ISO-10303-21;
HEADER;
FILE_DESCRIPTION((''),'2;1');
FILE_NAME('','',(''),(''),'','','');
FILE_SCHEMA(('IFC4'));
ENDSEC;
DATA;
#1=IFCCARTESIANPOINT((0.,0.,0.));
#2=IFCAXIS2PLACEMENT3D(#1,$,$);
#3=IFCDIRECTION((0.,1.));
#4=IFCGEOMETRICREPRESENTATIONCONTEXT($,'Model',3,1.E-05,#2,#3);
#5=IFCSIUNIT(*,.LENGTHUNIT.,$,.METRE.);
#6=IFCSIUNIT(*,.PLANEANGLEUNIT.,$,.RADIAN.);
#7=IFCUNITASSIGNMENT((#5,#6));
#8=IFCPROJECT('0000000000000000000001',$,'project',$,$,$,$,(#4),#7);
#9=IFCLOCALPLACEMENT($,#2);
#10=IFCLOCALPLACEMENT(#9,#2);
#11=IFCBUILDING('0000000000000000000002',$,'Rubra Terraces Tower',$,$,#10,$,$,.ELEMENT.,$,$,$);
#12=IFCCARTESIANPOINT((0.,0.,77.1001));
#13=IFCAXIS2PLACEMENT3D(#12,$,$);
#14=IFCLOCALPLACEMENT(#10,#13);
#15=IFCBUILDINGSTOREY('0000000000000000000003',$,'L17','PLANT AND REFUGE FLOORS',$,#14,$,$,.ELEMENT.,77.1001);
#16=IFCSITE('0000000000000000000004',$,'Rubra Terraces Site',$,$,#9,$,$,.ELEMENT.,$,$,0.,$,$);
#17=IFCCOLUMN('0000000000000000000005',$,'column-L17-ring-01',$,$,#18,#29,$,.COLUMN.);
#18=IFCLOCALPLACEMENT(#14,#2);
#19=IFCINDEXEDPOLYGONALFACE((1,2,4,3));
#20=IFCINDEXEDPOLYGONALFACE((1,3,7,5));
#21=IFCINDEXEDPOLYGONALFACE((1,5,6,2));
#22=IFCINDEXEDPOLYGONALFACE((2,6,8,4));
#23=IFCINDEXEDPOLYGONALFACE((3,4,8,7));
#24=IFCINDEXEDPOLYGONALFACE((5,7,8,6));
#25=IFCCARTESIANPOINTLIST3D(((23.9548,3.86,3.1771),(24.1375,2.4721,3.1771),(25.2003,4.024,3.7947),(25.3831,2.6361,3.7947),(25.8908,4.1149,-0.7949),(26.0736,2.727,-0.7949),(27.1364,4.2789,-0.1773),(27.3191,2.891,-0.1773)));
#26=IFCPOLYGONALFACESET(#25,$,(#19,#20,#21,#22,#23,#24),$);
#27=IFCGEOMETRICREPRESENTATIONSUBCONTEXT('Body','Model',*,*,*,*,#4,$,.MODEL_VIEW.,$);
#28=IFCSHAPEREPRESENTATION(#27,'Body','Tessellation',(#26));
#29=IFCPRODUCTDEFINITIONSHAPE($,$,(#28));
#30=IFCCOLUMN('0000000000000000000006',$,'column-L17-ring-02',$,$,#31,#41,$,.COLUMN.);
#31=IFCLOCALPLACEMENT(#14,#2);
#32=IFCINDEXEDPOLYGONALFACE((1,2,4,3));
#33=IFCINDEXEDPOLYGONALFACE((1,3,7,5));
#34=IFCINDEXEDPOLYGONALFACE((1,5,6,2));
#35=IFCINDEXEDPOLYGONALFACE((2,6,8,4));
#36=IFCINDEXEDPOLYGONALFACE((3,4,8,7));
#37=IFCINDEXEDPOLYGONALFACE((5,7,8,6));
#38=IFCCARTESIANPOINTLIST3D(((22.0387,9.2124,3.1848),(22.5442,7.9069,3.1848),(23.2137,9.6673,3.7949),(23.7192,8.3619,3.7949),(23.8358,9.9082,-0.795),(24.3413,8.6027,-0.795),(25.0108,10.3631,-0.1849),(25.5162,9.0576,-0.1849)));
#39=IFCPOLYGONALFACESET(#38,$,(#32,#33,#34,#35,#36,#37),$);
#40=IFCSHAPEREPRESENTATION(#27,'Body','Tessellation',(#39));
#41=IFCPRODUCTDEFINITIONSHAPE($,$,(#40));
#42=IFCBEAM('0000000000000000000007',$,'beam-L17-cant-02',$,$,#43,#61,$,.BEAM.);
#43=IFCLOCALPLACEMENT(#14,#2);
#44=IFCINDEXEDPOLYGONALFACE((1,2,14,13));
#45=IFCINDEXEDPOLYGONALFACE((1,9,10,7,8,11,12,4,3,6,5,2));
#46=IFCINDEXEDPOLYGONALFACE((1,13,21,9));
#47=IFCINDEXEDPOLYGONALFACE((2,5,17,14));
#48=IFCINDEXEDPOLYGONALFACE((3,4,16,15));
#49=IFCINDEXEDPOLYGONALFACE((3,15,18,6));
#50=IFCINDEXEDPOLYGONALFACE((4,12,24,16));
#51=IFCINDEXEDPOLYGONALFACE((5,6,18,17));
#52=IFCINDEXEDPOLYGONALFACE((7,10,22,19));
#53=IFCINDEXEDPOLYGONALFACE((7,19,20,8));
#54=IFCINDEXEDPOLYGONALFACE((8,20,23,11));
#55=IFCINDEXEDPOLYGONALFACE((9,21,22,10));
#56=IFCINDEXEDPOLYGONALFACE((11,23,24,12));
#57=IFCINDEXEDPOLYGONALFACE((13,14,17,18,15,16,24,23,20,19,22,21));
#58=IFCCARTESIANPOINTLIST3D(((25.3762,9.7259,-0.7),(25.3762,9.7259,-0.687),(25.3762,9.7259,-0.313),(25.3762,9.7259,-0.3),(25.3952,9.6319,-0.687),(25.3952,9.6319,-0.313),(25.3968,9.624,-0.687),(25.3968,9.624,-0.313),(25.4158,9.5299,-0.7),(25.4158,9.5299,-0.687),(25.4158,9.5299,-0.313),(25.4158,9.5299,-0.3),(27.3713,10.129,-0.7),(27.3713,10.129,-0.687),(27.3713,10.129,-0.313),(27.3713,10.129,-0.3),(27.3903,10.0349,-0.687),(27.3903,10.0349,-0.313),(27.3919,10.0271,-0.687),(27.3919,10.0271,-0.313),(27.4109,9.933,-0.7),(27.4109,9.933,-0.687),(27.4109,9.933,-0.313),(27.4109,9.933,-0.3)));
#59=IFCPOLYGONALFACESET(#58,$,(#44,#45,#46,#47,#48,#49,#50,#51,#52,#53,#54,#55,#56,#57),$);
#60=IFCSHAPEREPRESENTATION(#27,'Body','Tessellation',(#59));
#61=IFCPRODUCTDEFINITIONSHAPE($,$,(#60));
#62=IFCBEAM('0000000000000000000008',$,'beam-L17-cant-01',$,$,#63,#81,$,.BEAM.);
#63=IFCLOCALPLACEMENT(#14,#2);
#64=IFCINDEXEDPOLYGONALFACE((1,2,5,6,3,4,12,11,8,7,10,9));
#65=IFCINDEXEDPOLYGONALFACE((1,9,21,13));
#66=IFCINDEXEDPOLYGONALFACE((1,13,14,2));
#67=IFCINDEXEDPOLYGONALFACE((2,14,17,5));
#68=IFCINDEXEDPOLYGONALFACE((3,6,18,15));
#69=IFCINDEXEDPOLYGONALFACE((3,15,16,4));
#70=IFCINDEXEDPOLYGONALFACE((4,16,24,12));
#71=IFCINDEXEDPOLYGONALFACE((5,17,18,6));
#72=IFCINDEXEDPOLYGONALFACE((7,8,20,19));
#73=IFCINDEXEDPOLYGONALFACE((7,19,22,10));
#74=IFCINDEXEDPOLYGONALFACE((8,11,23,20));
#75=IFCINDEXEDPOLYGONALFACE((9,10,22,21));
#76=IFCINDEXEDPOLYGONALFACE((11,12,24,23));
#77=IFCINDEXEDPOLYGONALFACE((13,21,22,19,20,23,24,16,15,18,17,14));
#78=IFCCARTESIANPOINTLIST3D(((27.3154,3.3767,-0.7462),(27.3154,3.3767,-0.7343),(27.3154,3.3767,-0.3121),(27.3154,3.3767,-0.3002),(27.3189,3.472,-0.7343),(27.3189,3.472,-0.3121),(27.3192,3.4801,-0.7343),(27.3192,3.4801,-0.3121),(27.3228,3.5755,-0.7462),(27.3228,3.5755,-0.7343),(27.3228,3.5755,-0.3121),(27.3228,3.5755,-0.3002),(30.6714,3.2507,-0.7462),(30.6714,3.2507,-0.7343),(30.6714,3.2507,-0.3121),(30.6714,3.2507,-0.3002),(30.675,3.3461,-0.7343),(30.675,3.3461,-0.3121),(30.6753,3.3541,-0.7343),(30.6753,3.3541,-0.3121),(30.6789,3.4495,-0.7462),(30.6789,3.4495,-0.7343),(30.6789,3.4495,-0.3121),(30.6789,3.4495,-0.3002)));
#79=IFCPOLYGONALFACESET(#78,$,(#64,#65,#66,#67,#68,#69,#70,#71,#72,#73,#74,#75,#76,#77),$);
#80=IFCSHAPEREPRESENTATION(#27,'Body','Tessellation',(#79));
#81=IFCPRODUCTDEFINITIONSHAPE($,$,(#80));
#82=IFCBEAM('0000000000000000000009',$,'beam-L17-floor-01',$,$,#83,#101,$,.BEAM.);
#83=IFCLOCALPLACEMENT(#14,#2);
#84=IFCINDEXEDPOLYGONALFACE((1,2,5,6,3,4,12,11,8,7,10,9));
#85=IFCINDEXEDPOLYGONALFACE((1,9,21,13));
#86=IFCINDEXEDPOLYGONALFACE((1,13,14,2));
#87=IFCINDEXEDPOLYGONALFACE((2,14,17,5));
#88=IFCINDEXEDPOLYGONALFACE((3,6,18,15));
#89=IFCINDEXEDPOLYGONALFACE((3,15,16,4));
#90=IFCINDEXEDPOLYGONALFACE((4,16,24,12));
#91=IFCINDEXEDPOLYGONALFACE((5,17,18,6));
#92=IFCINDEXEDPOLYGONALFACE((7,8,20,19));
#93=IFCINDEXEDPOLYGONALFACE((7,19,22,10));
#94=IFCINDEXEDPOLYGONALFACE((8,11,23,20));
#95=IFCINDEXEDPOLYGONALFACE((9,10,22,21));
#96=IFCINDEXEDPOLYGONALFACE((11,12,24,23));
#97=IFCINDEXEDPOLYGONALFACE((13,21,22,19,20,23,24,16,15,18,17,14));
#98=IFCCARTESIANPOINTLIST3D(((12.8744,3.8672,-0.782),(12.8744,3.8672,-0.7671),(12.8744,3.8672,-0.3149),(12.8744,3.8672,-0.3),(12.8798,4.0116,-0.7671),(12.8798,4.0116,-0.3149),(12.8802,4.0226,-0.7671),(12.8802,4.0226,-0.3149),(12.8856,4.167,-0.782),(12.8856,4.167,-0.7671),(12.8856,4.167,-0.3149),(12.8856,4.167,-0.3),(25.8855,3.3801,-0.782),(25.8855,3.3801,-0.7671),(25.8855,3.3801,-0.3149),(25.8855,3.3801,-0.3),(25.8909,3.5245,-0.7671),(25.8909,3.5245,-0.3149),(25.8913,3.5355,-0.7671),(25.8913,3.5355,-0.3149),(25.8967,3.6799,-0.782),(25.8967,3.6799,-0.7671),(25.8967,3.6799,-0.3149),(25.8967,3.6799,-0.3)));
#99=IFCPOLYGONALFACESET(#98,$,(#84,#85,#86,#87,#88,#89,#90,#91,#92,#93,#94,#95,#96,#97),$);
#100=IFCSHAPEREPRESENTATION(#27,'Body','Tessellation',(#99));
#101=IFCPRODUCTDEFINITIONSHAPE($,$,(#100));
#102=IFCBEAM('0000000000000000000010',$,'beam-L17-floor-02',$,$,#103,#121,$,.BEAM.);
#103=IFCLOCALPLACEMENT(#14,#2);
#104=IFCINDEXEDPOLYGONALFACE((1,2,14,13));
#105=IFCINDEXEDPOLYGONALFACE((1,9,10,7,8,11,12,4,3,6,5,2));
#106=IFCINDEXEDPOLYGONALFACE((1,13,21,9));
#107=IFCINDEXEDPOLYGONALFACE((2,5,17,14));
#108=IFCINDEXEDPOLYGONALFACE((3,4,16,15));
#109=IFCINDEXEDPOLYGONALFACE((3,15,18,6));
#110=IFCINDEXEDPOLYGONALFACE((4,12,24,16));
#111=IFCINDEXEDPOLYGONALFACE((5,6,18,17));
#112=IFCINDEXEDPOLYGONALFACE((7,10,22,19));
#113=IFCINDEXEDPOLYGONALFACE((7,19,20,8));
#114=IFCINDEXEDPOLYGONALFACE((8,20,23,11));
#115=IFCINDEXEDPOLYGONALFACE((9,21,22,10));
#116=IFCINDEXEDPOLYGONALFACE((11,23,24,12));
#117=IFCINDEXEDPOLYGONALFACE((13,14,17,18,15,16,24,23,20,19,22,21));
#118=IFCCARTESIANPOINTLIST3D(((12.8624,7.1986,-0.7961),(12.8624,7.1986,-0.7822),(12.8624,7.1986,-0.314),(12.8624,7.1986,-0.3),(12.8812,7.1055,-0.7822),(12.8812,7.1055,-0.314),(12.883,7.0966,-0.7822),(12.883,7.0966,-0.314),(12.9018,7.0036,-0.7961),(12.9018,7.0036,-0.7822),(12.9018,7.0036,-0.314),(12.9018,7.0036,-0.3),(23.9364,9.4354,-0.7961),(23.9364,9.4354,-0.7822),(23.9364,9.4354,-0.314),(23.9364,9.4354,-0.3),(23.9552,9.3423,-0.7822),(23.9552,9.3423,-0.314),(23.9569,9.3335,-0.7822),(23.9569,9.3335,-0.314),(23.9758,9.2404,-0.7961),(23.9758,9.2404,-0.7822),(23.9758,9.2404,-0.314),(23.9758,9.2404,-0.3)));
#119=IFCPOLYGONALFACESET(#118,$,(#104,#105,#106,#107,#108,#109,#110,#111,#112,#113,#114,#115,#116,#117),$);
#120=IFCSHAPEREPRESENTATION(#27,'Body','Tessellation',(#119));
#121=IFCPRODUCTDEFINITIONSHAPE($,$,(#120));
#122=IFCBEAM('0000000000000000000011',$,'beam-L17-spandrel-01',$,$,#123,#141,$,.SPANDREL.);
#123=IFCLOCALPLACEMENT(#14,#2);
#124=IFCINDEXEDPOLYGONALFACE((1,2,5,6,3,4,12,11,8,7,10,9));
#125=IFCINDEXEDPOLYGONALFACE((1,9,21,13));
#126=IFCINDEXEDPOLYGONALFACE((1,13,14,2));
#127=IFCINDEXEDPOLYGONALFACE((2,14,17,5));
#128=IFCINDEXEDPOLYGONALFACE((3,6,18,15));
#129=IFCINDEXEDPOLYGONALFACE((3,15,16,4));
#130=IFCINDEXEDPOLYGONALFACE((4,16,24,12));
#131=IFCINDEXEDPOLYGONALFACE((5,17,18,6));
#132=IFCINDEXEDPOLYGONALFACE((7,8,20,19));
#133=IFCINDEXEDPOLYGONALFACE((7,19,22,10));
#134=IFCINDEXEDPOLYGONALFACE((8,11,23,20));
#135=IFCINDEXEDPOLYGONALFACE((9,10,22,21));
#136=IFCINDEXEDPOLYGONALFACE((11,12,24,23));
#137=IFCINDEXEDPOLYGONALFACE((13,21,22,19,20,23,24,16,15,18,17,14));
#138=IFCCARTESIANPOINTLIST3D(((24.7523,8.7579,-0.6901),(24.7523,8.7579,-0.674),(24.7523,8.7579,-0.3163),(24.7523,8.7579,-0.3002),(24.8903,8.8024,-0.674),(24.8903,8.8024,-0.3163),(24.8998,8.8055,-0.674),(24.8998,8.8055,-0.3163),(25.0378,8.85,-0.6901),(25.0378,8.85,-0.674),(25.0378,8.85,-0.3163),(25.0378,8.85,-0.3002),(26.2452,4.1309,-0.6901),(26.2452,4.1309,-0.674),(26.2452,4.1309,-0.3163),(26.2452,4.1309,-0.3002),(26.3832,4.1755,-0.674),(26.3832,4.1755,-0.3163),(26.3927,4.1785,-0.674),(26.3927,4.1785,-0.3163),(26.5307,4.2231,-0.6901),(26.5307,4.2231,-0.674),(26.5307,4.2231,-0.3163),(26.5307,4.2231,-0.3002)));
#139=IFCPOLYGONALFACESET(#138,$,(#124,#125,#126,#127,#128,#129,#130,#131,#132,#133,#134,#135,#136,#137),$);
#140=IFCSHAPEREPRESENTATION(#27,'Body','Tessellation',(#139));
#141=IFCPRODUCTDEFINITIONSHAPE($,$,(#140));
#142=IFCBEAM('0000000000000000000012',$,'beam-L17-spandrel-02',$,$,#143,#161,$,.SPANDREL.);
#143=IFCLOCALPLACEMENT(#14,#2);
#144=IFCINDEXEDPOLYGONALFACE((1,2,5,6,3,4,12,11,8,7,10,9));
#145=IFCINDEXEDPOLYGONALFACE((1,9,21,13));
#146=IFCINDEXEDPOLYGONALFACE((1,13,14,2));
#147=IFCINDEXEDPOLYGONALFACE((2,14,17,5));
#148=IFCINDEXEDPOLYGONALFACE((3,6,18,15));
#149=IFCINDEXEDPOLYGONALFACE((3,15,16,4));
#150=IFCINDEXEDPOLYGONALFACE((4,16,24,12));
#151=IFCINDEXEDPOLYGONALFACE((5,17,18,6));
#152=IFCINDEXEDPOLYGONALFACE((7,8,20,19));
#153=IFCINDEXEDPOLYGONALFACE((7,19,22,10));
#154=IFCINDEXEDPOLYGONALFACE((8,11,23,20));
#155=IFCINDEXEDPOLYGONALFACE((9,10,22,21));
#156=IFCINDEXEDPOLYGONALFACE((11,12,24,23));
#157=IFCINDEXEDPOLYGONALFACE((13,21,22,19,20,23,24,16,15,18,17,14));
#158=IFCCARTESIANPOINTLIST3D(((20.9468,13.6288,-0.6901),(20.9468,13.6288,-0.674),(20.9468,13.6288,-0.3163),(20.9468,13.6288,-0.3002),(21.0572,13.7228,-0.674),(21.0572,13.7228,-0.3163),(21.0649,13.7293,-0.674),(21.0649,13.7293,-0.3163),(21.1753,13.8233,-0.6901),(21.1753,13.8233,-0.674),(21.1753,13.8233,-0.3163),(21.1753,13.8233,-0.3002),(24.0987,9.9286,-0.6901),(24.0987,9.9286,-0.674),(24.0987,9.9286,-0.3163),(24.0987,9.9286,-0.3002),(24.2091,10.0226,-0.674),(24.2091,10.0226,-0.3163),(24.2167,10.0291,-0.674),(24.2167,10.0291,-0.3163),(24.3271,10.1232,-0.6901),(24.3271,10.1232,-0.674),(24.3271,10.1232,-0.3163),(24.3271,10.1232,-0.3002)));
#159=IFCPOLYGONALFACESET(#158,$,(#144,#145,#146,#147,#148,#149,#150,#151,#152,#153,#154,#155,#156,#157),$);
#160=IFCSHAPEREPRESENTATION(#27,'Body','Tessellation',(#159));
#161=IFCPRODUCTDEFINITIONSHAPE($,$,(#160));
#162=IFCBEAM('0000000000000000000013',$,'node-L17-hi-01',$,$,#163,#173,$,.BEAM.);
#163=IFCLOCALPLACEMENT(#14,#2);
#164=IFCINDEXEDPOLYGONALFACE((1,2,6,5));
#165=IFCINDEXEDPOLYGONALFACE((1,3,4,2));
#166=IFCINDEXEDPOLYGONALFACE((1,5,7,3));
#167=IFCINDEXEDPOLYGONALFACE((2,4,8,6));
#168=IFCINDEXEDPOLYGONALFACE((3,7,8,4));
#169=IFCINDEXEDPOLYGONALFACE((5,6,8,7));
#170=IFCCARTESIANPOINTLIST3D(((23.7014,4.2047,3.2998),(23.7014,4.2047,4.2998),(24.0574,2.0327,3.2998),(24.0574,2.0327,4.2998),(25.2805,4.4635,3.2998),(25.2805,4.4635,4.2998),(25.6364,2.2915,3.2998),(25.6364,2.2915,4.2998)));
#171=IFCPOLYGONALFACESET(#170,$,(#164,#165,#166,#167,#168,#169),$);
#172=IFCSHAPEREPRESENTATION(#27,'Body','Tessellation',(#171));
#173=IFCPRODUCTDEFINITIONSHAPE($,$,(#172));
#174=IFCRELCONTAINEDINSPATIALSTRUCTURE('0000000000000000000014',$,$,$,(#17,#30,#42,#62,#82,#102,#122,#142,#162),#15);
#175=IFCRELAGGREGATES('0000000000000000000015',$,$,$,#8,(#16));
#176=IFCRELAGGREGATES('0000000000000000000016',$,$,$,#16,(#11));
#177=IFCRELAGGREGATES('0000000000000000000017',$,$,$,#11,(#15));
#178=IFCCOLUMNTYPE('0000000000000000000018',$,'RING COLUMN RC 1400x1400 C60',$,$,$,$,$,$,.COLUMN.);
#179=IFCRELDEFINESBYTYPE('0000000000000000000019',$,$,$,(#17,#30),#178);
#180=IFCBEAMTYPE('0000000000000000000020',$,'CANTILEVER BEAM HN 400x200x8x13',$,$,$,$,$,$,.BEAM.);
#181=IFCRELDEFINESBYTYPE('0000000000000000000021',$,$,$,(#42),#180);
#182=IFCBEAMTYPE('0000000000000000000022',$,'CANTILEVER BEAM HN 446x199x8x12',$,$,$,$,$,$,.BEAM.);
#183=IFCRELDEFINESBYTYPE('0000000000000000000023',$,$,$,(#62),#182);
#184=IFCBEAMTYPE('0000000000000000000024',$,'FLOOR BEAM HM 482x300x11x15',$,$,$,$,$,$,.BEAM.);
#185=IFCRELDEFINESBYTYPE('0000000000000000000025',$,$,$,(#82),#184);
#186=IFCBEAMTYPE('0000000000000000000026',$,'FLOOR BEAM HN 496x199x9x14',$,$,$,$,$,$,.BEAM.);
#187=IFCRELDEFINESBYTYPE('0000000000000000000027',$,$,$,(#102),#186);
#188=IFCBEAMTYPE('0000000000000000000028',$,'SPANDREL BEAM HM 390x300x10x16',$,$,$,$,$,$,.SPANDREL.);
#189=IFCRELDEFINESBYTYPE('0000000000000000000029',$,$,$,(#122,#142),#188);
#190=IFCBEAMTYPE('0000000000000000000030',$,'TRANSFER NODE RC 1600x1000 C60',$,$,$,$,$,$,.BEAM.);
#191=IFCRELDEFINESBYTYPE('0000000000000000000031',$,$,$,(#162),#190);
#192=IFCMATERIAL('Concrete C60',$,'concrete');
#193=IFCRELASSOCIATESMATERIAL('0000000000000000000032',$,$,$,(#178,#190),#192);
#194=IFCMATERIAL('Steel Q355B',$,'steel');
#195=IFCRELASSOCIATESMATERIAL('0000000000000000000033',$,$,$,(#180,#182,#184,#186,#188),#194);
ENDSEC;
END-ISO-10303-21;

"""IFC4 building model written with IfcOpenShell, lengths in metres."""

from ifc_helpers import new_model, si_unit, direction, frame, origin, origin_2d, place, context, subcontext, project, spatial, rectangle, i_section, extrude, material, material_profile, profile_set, type_object, element, save


model = new_model("IFC4")

# Units and contexts
model_context = context("Model", 3, precision=1e-05, world=origin(), true_north=direction((0.0, 1.0)))
body_context = subcontext(model_context, "Body", "Model", "MODEL_VIEW")
ifc_project = project(units=[si_unit("LENGTHUNIT", "METRE"), si_unit("PLANEANGLEUNIT", "RADIAN")], contexts=[model_context])

# Site, building, storey
site_placement = place(None, origin())
site = spatial("IfcSite", under=ifc_project, at=site_placement, Name="Rubra Terraces Site", CompositionType="ELEMENT", RefElevation=0.0)
building_placement = place(site_placement, origin())
building = spatial("IfcBuilding", under=site, at=building_placement, Name="Rubra Terraces Tower", CompositionType="ELEMENT")
storey_placement = place(building_placement, frame((0.0, 0.0, 77.1001)))
storey = spatial("IfcBuildingStorey", under=building, at=storey_placement, Name="L17", Description="PLANT AND REFUGE FLOORS", CompositionType="ELEMENT", Elevation=77.1001)

# Columns
ifc_material_1 = material(Name="Concrete C60", Category="concrete")
ifc_material_profile_1 = material_profile(ifc_material_1, rectangle(XDim=1.3999, YDim=1.3999, at=origin_2d()), Name="RC 1400x1400")
ifc_profile_set_1 = profile_set([ifc_material_profile_1], Name="Concrete C60")
column_type = type_object("IfcColumnType", Name="RING COLUMN RC 1400x1400 C60", PredefinedType="COLUMN", material=ifc_profile_set_1)
column_1_placement = place(storey_placement, frame((26.605, 3.5029, -0.4861), z_axis=(-0.437424, -0.057588, 0.897409), x_axis=(0.130526, -0.991445, 0.0)))
element("IfcColumn", 1, at=column_1_placement, inside=storey, type_object=column_type, Name="column-L17-ring-01", PredefinedType="COLUMN", context=body_context, shape_type="SweptSolid", body=[
    extrude(rectangle(XDim=1.3999, YDim=1.3999, at=origin_2d()), origin(), (0.0, 0.0, 1.0), 4.426),
])
column_2_placement = place(storey_placement, frame((24.676, 9.4829, -0.49), z_axis=(-0.406405, -0.15735, 0.900042), x_axis=(0.361058, -0.932543, 0.0)))
element("IfcColumn", 2, at=column_2_placement, inside=storey, type_object=column_type, Name="column-L17-ring-02", PredefinedType="COLUMN", context=body_context, shape_type="SweptSolid", body=[
    extrude(rectangle(XDim=1.3999, YDim=1.3999, at=origin_2d()), origin(), (0.0, 0.0, 1.0), 4.4219),
])

# Beams
ifc_material_2 = material(Name="Steel Q355B", Category="steel")
ifc_material_profile_2 = material_profile(ifc_material_2, i_section(OverallWidth=0.2, OverallDepth=0.3999, WebThickness=0.0081, FlangeThickness=0.0129, at=origin_2d()), Name="HN 400x200x8x13")
ifc_profile_set_2 = profile_set([ifc_material_profile_2], Name="Steel Q355B")
beam_type_1 = type_object("IfcBeamType", Name="CANTILEVER BEAM HN 400x200x8x13", PredefinedType="BEAM", material=ifc_profile_set_2)
beam_1_placement = place(storey_placement, frame((25.396, 9.6279, -0.5), z_axis=(0.980196, 0.19803, 0.0), x_axis=(-0.19803, 0.980196, 0.0)))
element("IfcBeam", 3, at=beam_1_placement, inside=storey, type_object=beam_type_1, Name="beam-L17-cant-02", PredefinedType="BEAM", context=body_context, shape_type="SweptSolid", body=[
    extrude(i_section(OverallWidth=0.2, OverallDepth=0.3999, WebThickness=0.0081, FlangeThickness=0.0129, at=origin_2d()), origin(), (0.0, 0.0, 1.0), 2.0354),
])
ifc_material_profile_3 = material_profile(ifc_material_2, i_section(OverallWidth=0.199, OverallDepth=0.446, WebThickness=0.0081, FlangeThickness=0.012, at=origin_2d()), Name="HN 446x199x8x12")
ifc_profile_set_3 = profile_set([ifc_material_profile_3], Name="Steel Q355B")
beam_type_2 = type_object("IfcBeamType", Name="CANTILEVER BEAM HN 446x199x8x12", PredefinedType="BEAM", material=ifc_profile_set_3)
beam_2_placement = place(storey_placement, frame((27.3191, 3.4761, -0.5232), z_axis=(0.999296, -0.037512, 0.0), x_axis=(0.037512, 0.999296, 0.0)))
element("IfcBeam", 4, at=beam_2_placement, inside=storey, type_object=beam_type_2, Name="beam-L17-cant-01", PredefinedType="BEAM", context=body_context, shape_type="SweptSolid", body=[
    extrude(i_section(OverallWidth=0.199, OverallDepth=0.446, WebThickness=0.0081, FlangeThickness=0.012, at=origin_2d()), origin(), (0.0, 0.0, 1.0), 3.3584),
])
ifc_material_profile_4 = material_profile(ifc_material_2, i_section(OverallWidth=0.3, OverallDepth=0.4819, WebThickness=0.011, FlangeThickness=0.0149, at=origin_2d()), Name="HM 482x300x11x15")
ifc_profile_set_4 = profile_set([ifc_material_profile_4], Name="Steel Q355B")
beam_type_3 = type_object("IfcBeamType", Name="FLOOR BEAM HM 482x300x11x15", PredefinedType="BEAM", material=ifc_profile_set_4)
beam_3_placement = place(storey_placement, frame((25.8911, 3.53, -0.541), z_axis=(-0.9993, 0.037408, 0.0), x_axis=(-0.037408, -0.9993, 0.0)))
element("IfcBeam", 5, at=beam_3_placement, inside=storey, type_object=beam_type_3, Name="beam-L17-floor-01", PredefinedType="BEAM", context=body_context, shape_type="SweptSolid", body=[
    extrude(i_section(OverallWidth=0.3, OverallDepth=0.4819, WebThickness=0.011, FlangeThickness=0.0149, at=origin_2d()), origin(), (0.0, 0.0, 1.0), 13.0203),
])
ifc_material_profile_5 = material_profile(ifc_material_2, i_section(OverallWidth=0.199, OverallDepth=0.4961, WebThickness=0.009, FlangeThickness=0.0139, at=origin_2d()), Name="HN 496x199x9x14")
ifc_profile_set_5 = profile_set([ifc_material_profile_5], Name="Steel Q355B")
beam_type_4 = type_object("IfcBeamType", Name="FLOOR BEAM HN 496x199x9x14", PredefinedType="BEAM", material=ifc_profile_set_5)
beam_4_placement = place(storey_placement, frame((23.9561, 9.3379, -0.5481), z_axis=(-0.980204, -0.19799, 0.0), x_axis=(0.19799, -0.980204, 0.0)))
element("IfcBeam", 6, at=beam_4_placement, inside=storey, type_object=beam_type_4, Name="beam-L17-floor-02", PredefinedType="BEAM", context=body_context, shape_type="SweptSolid", body=[
    extrude(i_section(OverallWidth=0.199, OverallDepth=0.4961, WebThickness=0.009, FlangeThickness=0.0139, at=origin_2d()), origin(), (0.0, 0.0, 1.0), 11.2976),
])
ifc_material_profile_6 = material_profile(ifc_material_2, i_section(OverallWidth=0.3, OverallDepth=0.3899, WebThickness=0.01, FlangeThickness=0.0161, at=origin_2d()), Name="HM 390x300x10x16")
ifc_profile_set_6 = profile_set([ifc_material_profile_6], Name="Steel Q355B")
beam_type_5 = type_object("IfcBeamType", Name="SPANDREL BEAM HM 390x300x10x16", PredefinedType="SPANDREL", material=ifc_profile_set_6)
beam_5_placement = place(storey_placement, frame((26.3879, 4.177, -0.4951), z_axis=(-0.307069, 0.951687, 0.0), x_axis=(-0.951687, -0.307069, 0.0)))
element("IfcBeam", 7, at=beam_5_placement, inside=storey, type_object=beam_type_5, Name="beam-L17-spandrel-01", PredefinedType="SPANDREL", context=body_context, shape_type="SweptSolid", body=[
    extrude(i_section(OverallWidth=0.3, OverallDepth=0.3899, WebThickness=0.01, FlangeThickness=0.0161, at=origin_2d()), origin(), (0.0, 0.0, 1.0), 4.8618),
])
beam_6_placement = place(storey_placement, frame((24.2129, 10.0259, -0.4951), z_axis=(-0.648447, 0.76126, 0.0), x_axis=(-0.76126, -0.648447, 0.0)))
element("IfcBeam", 8, at=beam_6_placement, inside=storey, type_object=beam_type_5, Name="beam-L17-spandrel-02", PredefinedType="SPANDREL", context=body_context, shape_type="SweptSolid", body=[
    extrude(i_section(OverallWidth=0.3, OverallDepth=0.3899, WebThickness=0.01, FlangeThickness=0.0161, at=origin_2d()), origin(), (0.0, 0.0, 1.0), 4.8606),
])
ifc_material_profile_7 = material_profile(ifc_material_1, rectangle(XDim=1.6001, YDim=1.0, at=origin_2d()), Name="RC 1600x1000")
ifc_profile_set_7 = profile_set([ifc_material_profile_7], Name="Concrete C60")
beam_type_6 = type_object("IfcBeamType", Name="TRANSFER NODE RC 1600x1000 C60", PredefinedType="BEAM", material=ifc_profile_set_7)
beam_7_placement = place(storey_placement, frame((24.8469, 2.1621, 3.7998), z_axis=(-0.161736, 0.986834, 0.0), x_axis=(-0.986834, -0.161736, 0.0)))
element("IfcBeam", 9, at=beam_7_placement, inside=storey, type_object=beam_type_6, Name="node-L17-hi-01", PredefinedType="BEAM", context=body_context, shape_type="SweptSolid", body=[
    extrude(rectangle(XDim=1.6001, YDim=1.0, at=origin_2d()), origin(), (0.0, 0.0, 1.0), 2.2009),
])

save(model, "model.ifc")
